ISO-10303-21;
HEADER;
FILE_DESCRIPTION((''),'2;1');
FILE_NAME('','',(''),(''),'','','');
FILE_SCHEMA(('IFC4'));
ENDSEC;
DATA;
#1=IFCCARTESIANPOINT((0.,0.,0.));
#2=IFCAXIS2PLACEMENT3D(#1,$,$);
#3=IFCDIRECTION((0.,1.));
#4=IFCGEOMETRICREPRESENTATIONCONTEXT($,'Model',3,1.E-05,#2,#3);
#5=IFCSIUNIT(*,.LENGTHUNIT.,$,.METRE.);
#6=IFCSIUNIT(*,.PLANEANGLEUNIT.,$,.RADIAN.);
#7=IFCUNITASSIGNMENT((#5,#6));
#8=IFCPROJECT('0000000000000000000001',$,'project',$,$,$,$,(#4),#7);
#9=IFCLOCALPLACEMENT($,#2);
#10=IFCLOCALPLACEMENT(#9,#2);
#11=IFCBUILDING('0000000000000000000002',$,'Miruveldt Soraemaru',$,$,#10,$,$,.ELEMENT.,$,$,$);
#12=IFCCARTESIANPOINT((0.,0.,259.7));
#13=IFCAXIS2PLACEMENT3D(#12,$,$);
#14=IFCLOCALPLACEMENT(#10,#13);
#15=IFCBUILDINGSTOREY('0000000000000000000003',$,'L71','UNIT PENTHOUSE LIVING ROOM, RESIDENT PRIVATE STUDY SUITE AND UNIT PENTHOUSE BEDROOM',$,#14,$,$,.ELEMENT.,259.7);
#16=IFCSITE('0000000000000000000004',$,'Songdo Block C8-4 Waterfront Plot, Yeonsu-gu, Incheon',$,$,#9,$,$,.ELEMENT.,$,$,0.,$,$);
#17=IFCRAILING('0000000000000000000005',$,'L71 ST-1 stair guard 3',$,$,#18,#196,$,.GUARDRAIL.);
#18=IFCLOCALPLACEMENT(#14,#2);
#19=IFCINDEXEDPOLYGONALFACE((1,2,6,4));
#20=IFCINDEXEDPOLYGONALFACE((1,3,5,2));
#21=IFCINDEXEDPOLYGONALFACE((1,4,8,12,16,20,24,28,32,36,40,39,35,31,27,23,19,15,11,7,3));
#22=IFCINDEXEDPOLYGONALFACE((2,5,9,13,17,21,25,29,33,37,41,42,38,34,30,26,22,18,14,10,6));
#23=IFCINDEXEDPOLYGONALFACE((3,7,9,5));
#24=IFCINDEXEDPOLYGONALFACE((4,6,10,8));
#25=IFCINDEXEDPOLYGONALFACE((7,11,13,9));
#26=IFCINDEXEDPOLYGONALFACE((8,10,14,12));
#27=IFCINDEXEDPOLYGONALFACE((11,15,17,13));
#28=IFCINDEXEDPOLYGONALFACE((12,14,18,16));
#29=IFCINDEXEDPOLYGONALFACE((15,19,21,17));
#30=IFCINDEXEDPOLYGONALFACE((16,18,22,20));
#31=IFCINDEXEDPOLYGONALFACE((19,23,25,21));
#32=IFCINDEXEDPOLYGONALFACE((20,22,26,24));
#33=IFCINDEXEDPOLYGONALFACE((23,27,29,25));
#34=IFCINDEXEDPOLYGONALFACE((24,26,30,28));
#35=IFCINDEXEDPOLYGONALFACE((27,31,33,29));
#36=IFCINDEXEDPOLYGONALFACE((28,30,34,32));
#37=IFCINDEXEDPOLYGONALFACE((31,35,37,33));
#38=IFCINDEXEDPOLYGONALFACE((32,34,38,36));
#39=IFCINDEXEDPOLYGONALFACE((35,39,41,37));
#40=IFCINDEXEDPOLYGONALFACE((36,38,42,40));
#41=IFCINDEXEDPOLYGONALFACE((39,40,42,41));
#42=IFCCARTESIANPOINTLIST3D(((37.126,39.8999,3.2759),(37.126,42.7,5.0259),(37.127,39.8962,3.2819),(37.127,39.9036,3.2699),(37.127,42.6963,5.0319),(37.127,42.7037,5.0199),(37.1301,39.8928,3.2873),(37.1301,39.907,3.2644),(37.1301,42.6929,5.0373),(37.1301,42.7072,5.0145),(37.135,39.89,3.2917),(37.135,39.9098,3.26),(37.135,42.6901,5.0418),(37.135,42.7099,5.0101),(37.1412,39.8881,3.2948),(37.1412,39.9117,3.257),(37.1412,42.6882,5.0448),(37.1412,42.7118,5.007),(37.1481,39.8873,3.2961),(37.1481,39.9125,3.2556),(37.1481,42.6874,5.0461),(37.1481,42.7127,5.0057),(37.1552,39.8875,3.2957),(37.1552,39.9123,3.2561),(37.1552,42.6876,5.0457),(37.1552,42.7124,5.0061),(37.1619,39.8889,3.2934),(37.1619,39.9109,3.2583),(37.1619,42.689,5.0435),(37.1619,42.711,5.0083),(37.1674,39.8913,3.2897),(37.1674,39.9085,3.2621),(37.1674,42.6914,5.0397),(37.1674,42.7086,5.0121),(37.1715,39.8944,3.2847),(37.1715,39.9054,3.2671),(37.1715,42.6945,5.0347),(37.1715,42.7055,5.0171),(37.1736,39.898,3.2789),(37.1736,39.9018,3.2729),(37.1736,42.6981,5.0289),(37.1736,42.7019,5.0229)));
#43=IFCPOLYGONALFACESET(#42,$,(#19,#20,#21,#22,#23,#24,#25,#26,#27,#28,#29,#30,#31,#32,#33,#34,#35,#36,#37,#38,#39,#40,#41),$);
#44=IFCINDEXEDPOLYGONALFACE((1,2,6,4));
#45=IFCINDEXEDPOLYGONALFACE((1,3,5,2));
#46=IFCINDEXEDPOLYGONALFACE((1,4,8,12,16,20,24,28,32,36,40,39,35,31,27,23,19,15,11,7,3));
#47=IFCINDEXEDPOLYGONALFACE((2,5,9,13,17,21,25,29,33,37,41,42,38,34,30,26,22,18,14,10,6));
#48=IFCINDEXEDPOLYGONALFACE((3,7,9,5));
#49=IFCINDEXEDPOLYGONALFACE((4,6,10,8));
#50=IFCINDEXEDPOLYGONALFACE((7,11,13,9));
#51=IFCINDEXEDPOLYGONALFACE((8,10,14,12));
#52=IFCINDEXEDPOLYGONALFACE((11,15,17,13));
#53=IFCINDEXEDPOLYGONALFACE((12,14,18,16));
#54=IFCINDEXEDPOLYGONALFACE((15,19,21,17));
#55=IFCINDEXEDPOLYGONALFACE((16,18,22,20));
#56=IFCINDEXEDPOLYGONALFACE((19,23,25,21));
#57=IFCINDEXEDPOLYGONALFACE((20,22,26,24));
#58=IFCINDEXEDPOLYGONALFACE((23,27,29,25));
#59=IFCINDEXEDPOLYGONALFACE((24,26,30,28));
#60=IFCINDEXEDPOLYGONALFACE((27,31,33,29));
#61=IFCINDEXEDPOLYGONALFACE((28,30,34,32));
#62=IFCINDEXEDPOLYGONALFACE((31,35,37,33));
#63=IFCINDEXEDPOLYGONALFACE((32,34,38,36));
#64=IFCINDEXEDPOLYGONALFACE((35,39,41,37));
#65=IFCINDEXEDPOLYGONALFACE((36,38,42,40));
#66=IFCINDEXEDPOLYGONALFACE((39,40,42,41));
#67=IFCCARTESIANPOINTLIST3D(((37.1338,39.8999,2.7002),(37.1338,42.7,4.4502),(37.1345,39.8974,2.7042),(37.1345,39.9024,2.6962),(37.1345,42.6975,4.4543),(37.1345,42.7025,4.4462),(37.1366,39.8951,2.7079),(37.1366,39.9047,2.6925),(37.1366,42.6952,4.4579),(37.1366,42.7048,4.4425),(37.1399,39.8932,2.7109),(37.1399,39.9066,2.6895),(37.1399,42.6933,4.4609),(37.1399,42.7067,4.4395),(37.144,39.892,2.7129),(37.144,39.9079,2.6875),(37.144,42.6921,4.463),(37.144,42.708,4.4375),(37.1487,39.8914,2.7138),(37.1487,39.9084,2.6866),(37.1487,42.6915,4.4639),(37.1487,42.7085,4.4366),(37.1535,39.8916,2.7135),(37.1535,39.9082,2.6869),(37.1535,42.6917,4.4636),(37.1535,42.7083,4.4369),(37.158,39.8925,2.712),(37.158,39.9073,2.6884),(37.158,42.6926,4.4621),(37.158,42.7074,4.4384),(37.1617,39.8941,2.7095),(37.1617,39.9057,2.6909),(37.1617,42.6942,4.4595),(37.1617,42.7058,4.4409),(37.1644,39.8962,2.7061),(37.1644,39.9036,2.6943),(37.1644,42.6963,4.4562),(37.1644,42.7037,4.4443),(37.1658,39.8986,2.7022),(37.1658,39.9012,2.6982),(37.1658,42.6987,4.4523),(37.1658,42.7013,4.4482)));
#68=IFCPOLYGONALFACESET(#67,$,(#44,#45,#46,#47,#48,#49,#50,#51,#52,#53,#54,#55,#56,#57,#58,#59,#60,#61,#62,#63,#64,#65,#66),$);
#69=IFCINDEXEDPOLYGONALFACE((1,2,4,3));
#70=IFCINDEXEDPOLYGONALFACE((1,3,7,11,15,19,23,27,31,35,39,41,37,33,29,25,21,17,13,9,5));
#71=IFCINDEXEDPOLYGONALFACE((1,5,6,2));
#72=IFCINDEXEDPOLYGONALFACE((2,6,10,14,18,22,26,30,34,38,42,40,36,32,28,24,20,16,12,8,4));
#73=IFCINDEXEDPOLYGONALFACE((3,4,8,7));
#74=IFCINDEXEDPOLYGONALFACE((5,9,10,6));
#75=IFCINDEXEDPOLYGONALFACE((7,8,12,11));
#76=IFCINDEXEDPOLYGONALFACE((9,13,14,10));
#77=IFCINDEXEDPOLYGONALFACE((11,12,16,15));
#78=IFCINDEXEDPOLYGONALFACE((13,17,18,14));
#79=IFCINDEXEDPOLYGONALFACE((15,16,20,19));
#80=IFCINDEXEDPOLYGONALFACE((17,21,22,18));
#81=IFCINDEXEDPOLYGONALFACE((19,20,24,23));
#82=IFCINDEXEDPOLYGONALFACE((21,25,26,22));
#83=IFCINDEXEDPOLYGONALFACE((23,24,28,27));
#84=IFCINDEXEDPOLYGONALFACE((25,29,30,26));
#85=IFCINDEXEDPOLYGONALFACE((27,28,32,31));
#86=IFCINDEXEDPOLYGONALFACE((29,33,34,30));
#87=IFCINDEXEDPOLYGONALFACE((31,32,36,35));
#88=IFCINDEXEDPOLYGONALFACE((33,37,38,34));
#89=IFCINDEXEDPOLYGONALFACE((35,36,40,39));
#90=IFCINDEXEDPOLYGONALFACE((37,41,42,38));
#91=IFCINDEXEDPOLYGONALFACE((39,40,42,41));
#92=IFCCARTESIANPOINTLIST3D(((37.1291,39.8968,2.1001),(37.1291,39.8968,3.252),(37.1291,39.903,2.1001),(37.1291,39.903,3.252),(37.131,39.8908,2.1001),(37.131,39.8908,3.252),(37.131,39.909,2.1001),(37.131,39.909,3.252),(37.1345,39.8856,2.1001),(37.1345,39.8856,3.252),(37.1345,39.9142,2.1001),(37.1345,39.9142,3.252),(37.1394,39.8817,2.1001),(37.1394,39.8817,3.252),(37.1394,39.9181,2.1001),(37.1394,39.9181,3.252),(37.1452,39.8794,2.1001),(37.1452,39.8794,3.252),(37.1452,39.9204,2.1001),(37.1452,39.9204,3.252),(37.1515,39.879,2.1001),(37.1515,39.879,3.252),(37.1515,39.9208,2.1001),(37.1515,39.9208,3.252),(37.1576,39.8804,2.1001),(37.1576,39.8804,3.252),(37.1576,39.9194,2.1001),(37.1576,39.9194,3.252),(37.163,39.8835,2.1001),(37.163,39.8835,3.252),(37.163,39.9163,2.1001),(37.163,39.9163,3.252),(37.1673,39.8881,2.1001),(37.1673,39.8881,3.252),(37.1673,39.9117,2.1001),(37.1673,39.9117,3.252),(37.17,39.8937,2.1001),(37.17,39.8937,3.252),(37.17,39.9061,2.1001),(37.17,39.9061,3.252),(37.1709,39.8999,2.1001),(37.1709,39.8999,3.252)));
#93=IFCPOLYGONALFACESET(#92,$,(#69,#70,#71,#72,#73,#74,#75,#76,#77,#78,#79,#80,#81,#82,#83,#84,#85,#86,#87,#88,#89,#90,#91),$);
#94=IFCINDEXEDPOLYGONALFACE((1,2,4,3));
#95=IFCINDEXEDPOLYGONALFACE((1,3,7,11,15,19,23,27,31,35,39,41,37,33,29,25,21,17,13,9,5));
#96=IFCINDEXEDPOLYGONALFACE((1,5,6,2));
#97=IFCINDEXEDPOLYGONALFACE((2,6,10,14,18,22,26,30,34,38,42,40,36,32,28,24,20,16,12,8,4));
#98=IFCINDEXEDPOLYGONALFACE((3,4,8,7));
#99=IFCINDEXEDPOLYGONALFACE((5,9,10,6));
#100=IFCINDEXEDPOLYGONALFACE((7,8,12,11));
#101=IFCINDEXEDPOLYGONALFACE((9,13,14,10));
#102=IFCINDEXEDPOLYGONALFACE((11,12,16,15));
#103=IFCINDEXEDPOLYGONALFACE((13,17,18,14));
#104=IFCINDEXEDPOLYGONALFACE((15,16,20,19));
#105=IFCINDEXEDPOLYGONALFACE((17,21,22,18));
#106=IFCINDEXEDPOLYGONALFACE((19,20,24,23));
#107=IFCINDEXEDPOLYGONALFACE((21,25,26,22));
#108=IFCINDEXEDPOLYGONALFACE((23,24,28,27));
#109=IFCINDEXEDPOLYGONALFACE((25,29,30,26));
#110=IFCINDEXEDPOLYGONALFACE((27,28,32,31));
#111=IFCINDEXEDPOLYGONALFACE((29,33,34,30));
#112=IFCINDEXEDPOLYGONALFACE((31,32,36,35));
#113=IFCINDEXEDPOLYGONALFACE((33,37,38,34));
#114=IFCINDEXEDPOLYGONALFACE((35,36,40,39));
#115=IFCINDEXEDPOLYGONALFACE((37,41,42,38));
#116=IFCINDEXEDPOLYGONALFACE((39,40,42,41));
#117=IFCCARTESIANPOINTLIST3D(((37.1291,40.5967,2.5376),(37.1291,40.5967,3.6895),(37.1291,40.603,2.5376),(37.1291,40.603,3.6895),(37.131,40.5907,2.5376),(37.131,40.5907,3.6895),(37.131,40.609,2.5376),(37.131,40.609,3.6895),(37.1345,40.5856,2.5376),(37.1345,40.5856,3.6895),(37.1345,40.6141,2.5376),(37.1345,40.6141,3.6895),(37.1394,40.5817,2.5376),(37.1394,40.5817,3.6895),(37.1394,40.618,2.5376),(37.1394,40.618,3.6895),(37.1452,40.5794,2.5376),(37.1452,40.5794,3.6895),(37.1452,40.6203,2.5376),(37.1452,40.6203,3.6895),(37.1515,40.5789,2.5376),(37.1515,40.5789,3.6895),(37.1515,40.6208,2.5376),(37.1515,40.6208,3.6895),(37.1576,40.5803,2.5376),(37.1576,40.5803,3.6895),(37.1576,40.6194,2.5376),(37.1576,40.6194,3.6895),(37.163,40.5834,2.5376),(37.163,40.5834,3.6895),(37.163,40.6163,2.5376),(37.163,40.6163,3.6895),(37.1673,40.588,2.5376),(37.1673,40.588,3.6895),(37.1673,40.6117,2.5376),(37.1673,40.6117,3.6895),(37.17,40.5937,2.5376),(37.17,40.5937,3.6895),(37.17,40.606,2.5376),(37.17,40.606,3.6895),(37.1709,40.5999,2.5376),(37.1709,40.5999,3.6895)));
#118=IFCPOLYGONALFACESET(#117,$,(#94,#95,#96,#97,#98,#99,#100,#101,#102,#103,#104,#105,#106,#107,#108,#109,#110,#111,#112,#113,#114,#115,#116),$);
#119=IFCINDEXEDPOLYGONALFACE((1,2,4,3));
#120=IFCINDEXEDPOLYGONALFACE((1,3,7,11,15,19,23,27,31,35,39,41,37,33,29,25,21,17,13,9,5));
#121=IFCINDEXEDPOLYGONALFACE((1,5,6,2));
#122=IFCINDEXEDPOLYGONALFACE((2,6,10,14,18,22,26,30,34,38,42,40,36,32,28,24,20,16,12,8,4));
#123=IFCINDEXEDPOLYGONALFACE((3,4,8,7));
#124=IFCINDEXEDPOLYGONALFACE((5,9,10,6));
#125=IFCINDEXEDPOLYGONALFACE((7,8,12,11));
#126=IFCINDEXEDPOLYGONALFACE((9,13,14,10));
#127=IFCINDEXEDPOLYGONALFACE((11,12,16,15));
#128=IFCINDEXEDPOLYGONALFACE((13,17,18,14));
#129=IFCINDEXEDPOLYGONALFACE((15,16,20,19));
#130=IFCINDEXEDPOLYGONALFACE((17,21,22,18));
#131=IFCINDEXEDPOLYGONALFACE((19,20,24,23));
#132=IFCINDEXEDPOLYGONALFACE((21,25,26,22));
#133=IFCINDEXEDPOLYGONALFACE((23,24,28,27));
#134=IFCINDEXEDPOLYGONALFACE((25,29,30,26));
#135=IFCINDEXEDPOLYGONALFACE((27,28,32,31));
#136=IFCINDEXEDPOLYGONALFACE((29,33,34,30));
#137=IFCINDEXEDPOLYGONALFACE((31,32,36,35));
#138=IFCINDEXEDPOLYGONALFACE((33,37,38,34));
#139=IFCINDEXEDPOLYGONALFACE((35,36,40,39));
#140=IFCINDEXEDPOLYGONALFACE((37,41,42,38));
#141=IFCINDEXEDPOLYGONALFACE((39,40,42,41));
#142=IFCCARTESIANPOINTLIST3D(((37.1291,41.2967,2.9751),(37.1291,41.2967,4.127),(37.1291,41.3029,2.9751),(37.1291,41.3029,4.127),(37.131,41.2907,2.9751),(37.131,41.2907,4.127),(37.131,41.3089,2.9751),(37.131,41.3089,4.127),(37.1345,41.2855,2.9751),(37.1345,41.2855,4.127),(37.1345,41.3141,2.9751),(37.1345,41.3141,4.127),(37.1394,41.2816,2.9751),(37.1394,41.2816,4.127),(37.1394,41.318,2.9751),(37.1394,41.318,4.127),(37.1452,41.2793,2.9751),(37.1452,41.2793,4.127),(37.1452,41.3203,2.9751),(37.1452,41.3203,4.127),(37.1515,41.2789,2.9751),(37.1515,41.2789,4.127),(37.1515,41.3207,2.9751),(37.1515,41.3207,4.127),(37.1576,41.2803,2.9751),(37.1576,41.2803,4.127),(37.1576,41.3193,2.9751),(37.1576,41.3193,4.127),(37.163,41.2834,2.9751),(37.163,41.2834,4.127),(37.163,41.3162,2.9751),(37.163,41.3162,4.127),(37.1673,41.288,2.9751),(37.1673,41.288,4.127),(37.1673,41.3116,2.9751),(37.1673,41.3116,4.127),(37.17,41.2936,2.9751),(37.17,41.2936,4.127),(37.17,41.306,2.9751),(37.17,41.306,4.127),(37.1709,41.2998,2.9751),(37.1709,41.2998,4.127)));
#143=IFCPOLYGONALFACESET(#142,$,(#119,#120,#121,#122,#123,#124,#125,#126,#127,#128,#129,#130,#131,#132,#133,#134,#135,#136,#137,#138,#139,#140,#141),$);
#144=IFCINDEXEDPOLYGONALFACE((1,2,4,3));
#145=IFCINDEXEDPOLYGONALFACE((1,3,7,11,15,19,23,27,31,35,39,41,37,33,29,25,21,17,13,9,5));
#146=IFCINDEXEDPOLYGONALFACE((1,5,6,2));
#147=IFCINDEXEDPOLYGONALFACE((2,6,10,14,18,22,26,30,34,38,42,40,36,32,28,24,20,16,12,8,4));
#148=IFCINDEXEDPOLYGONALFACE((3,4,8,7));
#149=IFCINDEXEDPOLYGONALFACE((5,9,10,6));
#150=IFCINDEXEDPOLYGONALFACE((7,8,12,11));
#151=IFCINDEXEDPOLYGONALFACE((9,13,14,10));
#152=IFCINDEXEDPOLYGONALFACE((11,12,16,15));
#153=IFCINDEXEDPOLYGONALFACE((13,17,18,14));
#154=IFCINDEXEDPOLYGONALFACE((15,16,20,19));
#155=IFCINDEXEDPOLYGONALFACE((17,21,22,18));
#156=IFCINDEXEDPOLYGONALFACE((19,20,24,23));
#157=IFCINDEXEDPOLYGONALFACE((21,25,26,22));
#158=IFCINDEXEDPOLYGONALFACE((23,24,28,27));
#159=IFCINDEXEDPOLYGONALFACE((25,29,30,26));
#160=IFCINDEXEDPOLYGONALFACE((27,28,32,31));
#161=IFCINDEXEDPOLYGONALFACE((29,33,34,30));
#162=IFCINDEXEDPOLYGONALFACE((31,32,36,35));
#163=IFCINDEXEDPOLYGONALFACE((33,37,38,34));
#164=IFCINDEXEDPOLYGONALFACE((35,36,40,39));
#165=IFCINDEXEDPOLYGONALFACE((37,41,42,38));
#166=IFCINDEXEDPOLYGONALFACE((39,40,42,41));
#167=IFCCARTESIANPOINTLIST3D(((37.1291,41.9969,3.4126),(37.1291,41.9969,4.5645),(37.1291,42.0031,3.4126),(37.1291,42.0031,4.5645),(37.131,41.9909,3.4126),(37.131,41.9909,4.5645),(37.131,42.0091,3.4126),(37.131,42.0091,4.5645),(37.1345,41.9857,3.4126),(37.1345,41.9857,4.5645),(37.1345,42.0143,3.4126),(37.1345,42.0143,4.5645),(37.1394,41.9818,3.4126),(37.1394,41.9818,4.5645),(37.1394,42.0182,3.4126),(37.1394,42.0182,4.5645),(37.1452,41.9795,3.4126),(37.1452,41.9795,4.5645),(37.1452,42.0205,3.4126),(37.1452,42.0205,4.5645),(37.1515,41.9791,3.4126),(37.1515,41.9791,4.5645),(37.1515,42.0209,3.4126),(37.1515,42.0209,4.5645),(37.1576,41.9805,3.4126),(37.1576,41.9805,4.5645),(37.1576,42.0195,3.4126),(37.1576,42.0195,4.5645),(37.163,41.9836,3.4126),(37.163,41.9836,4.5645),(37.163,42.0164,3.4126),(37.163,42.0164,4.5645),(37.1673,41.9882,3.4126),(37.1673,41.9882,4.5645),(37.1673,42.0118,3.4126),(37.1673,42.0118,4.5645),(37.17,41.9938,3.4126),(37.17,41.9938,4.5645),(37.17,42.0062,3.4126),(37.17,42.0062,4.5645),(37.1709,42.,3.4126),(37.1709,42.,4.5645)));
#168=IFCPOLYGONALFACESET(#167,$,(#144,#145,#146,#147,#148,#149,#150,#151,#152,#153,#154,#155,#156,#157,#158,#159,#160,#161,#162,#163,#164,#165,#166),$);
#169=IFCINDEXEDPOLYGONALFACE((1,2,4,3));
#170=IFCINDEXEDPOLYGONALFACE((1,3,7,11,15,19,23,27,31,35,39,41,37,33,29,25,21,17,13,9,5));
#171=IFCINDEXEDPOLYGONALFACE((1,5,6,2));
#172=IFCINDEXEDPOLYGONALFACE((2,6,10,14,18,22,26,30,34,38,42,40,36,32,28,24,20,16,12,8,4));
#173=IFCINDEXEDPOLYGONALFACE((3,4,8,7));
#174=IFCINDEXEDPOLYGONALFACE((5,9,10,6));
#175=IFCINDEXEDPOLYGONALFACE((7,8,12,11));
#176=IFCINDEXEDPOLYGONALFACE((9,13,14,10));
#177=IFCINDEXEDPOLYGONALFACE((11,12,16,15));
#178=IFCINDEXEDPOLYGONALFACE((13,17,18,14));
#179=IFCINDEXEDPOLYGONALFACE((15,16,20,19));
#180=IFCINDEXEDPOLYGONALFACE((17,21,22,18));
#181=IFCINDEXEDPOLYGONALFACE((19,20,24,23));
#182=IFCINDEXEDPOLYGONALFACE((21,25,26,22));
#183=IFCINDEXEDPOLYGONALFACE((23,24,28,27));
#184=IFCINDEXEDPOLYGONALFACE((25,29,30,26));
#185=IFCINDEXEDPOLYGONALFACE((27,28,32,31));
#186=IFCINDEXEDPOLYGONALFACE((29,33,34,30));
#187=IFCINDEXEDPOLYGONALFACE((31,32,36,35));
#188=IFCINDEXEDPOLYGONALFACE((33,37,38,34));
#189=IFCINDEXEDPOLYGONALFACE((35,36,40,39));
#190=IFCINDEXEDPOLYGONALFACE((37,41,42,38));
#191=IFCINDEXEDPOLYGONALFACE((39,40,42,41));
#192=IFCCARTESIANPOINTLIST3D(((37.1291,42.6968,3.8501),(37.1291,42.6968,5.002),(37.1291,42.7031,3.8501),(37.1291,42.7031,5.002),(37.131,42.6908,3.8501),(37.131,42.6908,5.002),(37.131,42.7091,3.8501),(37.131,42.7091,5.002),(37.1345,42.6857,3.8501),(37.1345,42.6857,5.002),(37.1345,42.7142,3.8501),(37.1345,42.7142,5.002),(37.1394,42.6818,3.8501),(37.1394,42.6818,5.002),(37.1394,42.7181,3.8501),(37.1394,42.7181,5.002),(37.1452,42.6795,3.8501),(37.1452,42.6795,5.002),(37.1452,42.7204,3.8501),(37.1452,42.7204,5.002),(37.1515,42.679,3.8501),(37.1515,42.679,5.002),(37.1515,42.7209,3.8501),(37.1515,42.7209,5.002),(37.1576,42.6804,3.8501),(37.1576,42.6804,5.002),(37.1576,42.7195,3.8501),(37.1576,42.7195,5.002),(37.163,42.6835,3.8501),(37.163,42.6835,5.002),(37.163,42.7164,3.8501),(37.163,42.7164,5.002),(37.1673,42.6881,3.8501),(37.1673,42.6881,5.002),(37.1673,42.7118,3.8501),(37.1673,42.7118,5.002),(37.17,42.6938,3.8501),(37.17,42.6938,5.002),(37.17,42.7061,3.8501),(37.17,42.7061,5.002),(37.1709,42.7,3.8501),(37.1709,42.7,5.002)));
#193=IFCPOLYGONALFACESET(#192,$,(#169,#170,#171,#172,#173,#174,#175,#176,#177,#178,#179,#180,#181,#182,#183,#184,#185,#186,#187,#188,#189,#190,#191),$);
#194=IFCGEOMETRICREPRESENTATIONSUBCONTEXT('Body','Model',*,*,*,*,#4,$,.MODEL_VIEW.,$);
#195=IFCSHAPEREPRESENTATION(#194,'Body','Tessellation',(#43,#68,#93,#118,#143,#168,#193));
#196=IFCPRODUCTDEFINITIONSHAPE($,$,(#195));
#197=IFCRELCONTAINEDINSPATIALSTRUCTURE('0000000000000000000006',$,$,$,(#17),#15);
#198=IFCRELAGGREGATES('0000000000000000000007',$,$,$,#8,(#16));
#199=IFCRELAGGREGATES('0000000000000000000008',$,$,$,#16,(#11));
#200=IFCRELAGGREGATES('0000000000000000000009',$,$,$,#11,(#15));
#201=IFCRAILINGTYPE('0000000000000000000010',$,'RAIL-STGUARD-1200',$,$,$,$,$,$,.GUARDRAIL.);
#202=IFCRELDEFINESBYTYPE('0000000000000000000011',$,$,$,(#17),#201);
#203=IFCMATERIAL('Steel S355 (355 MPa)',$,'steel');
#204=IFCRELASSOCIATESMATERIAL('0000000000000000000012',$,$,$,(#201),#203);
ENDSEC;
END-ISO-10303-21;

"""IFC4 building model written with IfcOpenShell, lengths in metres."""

from ifc_helpers import new_model, si_unit, direction, frame, origin, origin_2d, place, context, subcontext, project, spatial, circle, extrude, material, type_object, element, save


model = new_model("IFC4")

# Units and contexts
model_context = context("Model", 3, precision=1e-05, world=origin(), true_north=direction((0.0, 1.0)))
body_context = subcontext(model_context, "Body", "Model", "MODEL_VIEW")
ifc_project = project(units=[si_unit("LENGTHUNIT", "METRE"), si_unit("PLANEANGLEUNIT", "RADIAN")], contexts=[model_context])

# Site, building, storey
site_placement = place(None, origin())
site = spatial("IfcSite", under=ifc_project, at=site_placement, Name="Songdo Block C8-4 Waterfront Plot, Yeonsu-gu, Incheon", CompositionType="ELEMENT", RefElevation=0.0)
building_placement = place(site_placement, origin())
building = spatial("IfcBuilding", under=site, at=building_placement, Name="Miruveldt Soraemaru", CompositionType="ELEMENT")
storey_placement = place(building_placement, frame((0.0, 0.0, 259.7)))
storey = spatial("IfcBuildingStorey", under=building, at=storey_placement, Name="L71", Description="UNIT PENTHOUSE LIVING ROOM, RESIDENT PRIVATE STUDY SUITE AND UNIT PENTHOUSE BEDROOM", CompositionType="ELEMENT", Elevation=259.7)

# Railing
ifc_material_1 = material(Name="Steel S355 (355 MPa)", Category="steel")
railing_type_1 = type_object("IfcRailingType", Name="RAIL-STGUARD-1200", PredefinedType="GUARDRAIL", material=ifc_material_1)
railing_1_placement = place(storey_placement, frame((37.1499, 39.8999, 2.1001)))
element("IfcRailing", 1, at=railing_1_placement, inside=storey, type_object=railing_type_1, Name="L71 ST-1 stair guard 3", PredefinedType="GUARDRAIL", context=body_context, shape_type="SweptSolid", body=[
    extrude(circle(Radius=0.0239, at=origin_2d()), frame((0.0, 0.0, 1.1758), z_axis=(0.0, 0.848002, 0.529992), x_axis=(-1.0, 0.0, 0.0)), (0.0, 0.0, 1.0), 3.302),
    extrude(circle(Radius=0.0161, at=origin_2d()), frame((0.0, 0.0, 0.6001), z_axis=(0.0, 0.848002, 0.529992), x_axis=(-1.0, 0.0, 0.0)), (0.0, 0.0, 1.0), 3.302),
    extrude(circle(Radius=0.021, at=origin_2d()), origin(), (0.0, 0.0, 1.0), 1.1519),
    extrude(circle(Radius=0.021, at=origin_2d()), frame((0.0, 0.7, 0.4375)), (0.0, 0.0, 1.0), 1.1519),
    extrude(circle(Radius=0.021, at=origin_2d()), frame((0.0, 1.3999, 0.875)), (0.0, 0.0, 1.0), 1.1519),
    extrude(circle(Radius=0.021, at=origin_2d()), frame((0.0, 2.1001, 1.3125)), (0.0, 0.0, 1.0), 1.1519),
    extrude(circle(Radius=0.021, at=origin_2d()), frame((0.0, 2.8, 1.75)), (0.0, 0.0, 1.0), 1.1519),
])

save(model, "model.ifc")
